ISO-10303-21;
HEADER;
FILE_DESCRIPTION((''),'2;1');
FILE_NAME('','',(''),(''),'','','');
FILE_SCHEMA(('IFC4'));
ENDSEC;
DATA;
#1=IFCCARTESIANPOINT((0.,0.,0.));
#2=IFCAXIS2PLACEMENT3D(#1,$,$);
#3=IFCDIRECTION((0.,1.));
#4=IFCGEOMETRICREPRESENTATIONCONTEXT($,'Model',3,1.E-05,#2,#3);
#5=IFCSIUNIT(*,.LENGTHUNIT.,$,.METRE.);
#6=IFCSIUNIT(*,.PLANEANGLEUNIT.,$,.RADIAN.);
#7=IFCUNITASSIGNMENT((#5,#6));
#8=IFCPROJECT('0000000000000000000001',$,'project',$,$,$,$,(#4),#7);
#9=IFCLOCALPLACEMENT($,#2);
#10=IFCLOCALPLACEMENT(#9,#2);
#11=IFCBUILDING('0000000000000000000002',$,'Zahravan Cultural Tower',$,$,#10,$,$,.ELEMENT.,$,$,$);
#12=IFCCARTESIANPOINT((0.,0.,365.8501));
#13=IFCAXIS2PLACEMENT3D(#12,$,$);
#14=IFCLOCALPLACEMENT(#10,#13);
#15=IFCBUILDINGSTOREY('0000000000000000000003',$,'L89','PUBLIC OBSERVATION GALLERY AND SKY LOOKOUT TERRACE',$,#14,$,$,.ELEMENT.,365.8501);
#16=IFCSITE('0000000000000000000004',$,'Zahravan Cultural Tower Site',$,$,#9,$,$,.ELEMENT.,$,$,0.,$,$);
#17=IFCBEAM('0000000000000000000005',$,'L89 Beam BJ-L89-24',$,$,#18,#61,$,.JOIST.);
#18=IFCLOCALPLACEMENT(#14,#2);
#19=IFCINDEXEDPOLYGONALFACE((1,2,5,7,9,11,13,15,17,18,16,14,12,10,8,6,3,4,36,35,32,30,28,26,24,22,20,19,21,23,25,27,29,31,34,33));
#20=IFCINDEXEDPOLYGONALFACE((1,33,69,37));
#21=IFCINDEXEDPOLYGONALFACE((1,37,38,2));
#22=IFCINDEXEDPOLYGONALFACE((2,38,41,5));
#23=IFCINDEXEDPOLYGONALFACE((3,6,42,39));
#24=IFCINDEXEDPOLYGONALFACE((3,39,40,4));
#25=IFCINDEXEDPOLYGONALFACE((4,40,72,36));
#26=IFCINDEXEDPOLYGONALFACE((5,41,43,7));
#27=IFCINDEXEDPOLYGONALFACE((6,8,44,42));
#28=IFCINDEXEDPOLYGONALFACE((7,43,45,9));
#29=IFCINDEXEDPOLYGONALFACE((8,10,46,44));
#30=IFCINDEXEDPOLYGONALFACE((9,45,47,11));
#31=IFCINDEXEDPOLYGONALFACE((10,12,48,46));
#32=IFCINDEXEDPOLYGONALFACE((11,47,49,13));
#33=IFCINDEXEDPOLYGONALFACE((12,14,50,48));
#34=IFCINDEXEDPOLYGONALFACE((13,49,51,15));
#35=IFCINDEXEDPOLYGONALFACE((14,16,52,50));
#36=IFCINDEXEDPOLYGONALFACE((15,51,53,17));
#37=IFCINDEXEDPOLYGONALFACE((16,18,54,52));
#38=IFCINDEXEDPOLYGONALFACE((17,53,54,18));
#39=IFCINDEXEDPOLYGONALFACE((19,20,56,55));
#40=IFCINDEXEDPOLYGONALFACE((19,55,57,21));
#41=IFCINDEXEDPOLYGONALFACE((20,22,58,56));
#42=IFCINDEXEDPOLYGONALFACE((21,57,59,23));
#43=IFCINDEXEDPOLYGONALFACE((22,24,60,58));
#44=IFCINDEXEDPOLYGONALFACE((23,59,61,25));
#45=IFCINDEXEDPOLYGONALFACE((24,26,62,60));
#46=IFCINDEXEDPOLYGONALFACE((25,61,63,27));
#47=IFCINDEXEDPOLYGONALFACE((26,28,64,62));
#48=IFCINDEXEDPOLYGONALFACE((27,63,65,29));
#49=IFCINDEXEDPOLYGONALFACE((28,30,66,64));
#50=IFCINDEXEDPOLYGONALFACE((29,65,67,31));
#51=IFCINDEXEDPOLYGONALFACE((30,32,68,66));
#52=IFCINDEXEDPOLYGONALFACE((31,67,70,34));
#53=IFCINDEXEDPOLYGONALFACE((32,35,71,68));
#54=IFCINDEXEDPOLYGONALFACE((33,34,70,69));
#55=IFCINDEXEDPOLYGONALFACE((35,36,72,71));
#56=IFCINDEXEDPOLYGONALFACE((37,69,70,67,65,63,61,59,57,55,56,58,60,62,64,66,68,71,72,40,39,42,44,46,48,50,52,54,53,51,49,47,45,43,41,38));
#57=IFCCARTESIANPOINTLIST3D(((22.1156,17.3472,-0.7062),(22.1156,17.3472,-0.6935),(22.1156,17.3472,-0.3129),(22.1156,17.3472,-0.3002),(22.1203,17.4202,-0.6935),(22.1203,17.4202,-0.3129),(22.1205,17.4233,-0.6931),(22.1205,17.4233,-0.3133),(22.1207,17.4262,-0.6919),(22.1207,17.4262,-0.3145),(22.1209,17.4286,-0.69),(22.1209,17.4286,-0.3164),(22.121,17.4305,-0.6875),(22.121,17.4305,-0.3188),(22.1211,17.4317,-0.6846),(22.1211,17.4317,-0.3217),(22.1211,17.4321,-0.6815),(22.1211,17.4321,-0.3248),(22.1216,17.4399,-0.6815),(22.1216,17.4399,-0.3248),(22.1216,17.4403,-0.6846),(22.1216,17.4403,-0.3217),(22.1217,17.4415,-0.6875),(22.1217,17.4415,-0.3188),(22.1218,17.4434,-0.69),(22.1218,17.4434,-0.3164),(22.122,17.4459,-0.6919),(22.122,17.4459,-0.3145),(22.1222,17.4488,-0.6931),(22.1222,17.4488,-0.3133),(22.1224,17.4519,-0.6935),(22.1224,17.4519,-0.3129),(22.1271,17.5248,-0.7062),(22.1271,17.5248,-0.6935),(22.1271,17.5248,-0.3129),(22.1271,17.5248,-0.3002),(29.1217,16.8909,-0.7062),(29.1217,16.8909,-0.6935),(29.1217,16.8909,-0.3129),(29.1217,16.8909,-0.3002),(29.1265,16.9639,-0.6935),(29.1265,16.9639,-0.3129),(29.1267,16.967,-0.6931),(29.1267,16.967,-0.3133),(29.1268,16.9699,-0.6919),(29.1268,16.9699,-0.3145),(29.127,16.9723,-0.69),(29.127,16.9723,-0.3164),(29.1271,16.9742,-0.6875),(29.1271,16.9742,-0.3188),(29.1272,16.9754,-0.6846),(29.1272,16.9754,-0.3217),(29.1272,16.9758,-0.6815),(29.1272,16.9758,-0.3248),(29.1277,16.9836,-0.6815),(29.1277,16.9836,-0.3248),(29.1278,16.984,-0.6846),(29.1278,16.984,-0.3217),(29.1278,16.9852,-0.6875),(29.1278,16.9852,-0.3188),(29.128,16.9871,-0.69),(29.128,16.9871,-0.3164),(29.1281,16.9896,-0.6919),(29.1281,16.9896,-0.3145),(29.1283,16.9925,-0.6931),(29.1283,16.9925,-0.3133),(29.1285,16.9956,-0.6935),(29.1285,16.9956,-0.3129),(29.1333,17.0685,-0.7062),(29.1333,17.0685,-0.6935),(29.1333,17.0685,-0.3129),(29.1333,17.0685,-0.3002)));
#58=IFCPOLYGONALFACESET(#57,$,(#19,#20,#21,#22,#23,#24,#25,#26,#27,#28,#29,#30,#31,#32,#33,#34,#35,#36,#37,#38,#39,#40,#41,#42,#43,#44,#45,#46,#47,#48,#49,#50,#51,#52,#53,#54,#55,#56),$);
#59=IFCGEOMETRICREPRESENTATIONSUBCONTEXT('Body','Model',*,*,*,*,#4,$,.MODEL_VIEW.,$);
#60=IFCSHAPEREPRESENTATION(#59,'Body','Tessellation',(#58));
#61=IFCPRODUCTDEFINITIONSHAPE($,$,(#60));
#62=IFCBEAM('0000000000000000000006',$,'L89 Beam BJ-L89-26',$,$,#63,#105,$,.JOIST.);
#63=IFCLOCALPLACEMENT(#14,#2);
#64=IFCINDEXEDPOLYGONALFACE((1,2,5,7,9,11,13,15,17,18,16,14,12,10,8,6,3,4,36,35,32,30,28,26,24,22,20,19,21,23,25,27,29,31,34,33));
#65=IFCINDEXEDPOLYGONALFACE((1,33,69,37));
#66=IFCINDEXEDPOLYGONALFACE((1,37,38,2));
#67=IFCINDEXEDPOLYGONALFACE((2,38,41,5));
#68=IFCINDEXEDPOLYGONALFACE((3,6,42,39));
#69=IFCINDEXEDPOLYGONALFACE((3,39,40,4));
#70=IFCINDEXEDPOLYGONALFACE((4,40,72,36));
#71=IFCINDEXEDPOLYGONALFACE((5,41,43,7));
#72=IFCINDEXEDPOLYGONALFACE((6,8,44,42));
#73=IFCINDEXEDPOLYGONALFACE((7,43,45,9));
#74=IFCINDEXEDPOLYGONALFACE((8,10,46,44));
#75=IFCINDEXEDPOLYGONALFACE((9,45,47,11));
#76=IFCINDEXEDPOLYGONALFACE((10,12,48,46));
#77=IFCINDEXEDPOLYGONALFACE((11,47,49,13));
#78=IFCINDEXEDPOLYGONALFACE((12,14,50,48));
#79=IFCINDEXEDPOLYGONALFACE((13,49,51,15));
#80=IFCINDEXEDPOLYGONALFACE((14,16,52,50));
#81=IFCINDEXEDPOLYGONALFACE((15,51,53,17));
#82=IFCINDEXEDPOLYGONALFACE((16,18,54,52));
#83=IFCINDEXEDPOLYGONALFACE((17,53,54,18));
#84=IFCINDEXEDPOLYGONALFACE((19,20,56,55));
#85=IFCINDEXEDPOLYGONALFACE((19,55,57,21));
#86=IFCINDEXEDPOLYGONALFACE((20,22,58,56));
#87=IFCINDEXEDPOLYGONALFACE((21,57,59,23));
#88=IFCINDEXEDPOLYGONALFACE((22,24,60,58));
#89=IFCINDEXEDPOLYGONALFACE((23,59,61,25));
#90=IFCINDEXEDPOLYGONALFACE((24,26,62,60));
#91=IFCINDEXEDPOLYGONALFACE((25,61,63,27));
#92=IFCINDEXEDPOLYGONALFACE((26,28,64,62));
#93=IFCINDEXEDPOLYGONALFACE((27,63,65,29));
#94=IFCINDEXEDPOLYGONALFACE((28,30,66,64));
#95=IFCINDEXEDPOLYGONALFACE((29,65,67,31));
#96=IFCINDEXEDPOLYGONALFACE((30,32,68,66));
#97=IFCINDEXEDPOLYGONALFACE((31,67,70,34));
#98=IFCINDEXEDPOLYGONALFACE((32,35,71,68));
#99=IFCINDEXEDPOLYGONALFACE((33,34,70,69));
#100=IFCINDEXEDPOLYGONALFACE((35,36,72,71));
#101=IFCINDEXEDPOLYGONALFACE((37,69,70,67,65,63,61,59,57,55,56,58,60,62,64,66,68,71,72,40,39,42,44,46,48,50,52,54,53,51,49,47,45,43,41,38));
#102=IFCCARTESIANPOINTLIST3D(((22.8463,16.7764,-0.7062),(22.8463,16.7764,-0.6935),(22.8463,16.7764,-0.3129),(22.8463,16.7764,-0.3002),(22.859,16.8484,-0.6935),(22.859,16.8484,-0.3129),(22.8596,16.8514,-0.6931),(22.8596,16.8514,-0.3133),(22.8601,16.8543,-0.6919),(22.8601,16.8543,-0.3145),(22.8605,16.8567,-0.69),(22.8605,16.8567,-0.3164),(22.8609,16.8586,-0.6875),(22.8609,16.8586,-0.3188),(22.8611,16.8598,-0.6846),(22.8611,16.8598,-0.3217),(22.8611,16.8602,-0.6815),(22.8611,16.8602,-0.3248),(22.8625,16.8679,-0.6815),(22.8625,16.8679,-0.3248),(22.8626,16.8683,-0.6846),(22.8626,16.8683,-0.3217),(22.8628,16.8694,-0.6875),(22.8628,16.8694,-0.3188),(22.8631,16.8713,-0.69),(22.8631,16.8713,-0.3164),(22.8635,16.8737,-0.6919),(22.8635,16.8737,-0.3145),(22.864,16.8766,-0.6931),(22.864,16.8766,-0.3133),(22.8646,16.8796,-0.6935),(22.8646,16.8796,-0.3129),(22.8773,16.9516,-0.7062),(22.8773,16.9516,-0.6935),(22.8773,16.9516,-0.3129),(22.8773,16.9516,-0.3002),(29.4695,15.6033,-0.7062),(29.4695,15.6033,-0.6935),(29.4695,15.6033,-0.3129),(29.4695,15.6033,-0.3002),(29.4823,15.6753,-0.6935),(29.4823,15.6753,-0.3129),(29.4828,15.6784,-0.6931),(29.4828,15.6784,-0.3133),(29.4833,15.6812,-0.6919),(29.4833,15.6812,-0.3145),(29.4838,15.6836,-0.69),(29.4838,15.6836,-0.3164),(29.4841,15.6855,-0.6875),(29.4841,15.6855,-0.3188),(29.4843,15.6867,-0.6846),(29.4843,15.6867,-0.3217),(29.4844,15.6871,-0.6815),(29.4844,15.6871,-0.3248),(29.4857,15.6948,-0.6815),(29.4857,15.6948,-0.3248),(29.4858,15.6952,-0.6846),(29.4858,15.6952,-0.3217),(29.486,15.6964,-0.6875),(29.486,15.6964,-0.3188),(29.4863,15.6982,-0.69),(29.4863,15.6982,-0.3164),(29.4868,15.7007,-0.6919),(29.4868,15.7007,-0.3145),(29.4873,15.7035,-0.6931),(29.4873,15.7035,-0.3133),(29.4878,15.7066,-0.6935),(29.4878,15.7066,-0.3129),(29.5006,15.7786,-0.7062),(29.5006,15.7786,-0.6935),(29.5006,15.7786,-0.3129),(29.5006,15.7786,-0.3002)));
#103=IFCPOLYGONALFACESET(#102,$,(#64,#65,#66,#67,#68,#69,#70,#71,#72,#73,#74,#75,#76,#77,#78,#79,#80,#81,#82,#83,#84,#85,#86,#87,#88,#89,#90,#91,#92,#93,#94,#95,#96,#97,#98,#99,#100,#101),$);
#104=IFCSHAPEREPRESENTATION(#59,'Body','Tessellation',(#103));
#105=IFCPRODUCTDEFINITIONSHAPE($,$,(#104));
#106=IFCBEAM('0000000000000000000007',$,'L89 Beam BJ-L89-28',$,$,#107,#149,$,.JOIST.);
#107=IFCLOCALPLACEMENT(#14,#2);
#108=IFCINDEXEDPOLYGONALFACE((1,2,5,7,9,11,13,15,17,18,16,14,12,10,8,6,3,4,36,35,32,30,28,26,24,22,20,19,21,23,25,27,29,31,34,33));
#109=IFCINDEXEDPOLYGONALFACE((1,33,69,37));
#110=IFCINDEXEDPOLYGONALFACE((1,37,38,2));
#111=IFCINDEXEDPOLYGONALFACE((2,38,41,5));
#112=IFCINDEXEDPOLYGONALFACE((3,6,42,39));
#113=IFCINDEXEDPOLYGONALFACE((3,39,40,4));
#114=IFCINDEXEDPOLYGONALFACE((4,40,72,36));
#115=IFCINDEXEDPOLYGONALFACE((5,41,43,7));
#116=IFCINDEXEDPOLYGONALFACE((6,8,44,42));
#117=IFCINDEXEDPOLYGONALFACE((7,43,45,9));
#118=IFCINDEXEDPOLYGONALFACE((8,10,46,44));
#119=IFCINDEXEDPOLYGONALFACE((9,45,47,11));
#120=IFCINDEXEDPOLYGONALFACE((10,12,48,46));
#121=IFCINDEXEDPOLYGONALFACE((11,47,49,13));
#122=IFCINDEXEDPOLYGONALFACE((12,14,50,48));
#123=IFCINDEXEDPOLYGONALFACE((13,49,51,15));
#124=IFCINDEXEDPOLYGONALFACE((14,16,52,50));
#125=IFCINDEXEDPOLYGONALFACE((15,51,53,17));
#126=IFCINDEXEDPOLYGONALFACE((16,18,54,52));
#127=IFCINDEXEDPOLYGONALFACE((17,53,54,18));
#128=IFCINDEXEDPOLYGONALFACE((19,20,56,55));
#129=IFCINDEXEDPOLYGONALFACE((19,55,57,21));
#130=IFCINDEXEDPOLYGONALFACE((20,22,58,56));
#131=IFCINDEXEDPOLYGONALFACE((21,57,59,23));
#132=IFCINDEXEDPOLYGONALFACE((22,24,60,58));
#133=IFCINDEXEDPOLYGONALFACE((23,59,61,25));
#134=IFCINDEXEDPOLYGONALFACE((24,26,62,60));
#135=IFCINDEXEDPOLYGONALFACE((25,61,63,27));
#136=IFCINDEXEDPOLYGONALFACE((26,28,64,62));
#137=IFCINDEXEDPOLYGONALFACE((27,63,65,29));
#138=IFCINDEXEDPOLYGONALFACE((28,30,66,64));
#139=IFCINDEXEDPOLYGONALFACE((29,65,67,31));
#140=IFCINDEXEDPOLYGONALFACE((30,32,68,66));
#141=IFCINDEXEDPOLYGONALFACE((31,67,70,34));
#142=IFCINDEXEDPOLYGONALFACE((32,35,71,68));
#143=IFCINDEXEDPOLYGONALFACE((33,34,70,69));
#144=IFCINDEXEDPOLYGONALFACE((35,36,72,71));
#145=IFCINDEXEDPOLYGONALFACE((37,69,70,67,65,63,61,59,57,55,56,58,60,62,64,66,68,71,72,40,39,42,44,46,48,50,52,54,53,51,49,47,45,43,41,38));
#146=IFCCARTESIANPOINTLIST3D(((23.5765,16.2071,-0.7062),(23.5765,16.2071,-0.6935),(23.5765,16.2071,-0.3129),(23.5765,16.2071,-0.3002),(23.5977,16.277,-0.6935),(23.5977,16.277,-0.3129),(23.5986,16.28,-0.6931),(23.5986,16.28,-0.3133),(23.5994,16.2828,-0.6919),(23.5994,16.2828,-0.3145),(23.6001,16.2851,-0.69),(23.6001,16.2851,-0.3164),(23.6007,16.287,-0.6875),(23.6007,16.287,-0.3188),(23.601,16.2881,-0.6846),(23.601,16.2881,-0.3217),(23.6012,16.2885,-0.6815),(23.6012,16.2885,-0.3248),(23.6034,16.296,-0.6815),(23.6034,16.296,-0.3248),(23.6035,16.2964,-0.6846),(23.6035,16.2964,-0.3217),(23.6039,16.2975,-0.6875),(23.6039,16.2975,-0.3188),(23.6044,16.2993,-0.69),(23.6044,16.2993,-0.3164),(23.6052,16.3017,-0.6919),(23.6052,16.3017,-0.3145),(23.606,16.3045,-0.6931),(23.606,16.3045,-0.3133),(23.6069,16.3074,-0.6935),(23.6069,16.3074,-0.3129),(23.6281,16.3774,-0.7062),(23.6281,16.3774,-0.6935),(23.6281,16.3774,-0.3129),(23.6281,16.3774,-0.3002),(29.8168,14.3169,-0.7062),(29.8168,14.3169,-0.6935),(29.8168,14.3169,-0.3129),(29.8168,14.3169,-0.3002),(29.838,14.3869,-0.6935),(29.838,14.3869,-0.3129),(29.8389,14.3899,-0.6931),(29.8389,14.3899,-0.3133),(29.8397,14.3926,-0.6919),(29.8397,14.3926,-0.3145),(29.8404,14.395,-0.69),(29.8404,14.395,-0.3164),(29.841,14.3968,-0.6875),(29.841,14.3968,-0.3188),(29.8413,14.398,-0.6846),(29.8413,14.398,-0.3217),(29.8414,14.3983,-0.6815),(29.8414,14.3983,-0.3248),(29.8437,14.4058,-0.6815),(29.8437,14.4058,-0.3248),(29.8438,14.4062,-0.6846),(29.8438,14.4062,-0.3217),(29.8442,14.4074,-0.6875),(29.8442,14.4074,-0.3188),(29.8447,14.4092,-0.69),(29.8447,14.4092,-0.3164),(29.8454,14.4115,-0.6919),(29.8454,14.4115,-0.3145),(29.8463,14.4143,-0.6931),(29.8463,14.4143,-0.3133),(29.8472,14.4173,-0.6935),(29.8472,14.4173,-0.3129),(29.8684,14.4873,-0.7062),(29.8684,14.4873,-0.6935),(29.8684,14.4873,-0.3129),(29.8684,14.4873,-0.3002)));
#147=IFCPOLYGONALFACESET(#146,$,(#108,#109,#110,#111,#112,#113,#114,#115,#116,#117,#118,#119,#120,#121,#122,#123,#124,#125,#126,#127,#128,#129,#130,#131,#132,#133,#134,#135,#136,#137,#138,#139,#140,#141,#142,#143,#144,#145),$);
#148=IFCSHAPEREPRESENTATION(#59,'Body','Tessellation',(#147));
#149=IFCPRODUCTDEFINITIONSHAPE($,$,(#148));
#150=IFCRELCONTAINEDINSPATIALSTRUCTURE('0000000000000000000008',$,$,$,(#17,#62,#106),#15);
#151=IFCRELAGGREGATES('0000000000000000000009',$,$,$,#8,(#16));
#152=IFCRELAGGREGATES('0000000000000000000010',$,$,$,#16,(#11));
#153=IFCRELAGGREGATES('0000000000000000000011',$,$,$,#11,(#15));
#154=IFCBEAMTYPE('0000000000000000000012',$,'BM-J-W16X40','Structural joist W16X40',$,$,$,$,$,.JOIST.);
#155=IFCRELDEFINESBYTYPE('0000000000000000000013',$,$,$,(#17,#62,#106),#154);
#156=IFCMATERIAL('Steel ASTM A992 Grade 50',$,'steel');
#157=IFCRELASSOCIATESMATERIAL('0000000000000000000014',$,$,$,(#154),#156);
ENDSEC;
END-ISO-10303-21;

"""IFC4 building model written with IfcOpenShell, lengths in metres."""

from ifc_helpers import new_model, si_unit, direction, frame, origin, origin_2d, place, context, subcontext, project, spatial, i_section, extrude, source, transform, mapped, material, material_profile, profile_set, type_object, element, save


model = new_model("IFC4")

# Units and contexts
model_context = context("Model", 3, precision=1e-05, world=origin(), true_north=direction((0.0, 1.0)))
body_context = subcontext(model_context, "Body", "Model", "MODEL_VIEW")
ifc_project = project(units=[si_unit("LENGTHUNIT", "METRE"), si_unit("PLANEANGLEUNIT", "RADIAN")], contexts=[model_context])

# Site, building, storey
site_placement = place(None, origin())
site = spatial("IfcSite", under=ifc_project, at=site_placement, Name="Zahravan Cultural Tower Site", CompositionType="ELEMENT", RefElevation=0.0)
building_placement = place(site_placement, origin())
building = spatial("IfcBuilding", under=site, at=building_placement, Name="Zahravan Cultural Tower", CompositionType="ELEMENT")
storey_placement = place(building_placement, frame((0.0, 0.0, 365.8501)))
storey = spatial("IfcBuildingStorey", under=building, at=storey_placement, Name="L89", Description="PUBLIC OBSERVATION GALLERY AND SKY LOOKOUT TERRACE", CompositionType="ELEMENT", Elevation=365.8501)

# Shared definitions
ifc_material_1 = material(Name="Steel ASTM A992 Grade 50", Category="steel")

# Beams
ifc_material_profile_1 = material_profile(ifc_material_1, i_section(OverallWidth=0.178, OverallDepth=0.406, WebThickness=0.0078, FlangeThickness=0.0127, FilletRadius=0.012, at=origin_2d()), Name="W16X40")
ifc_profile_set_1 = profile_set([ifc_material_profile_1], Name="Steel ASTM A992 Grade 50")
beam_type_1 = type_object("IfcBeamType", Name="BM-J-W16X40", Description="Structural joist W16X40", PredefinedType="JOIST", material=ifc_profile_set_1)
shared_shape_1 = source(origin(), body_context, "Body", "SweptSolid", [
    extrude(i_section(OverallWidth=0.178, OverallDepth=0.406, WebThickness=0.0078, FlangeThickness=0.0127, FilletRadius=0.012, at=origin_2d()), origin(), (0.0, 0.0, 1.0), 7.021),
])
beam_1_placement = place(storey_placement, frame((22.1213, 17.436, -0.5032), z_axis=(0.997886, -0.064991, 0.0), x_axis=(0.064991, 0.997886, 0.0)))
element("IfcBeam", 1, at=beam_1_placement, inside=storey, type_object=beam_type_1, Name="L89 Beam BJ-L89-24", PredefinedType="JOIST", context=body_context, shape_type="MappedRepresentation", body=[
    mapped(shared_shape_1, transform((0.0, 0.0, 0.0), x_axis=(1.0, 0.0, 0.0), y_axis=(0.0, 1.0, 0.0), z_axis=(0.0, 0.0, 1.0), scale=1.0)),
])
shared_shape_2 = source(origin(), body_context, "Body", "SweptSolid", [
    extrude(i_section(OverallWidth=0.178, OverallDepth=0.406, WebThickness=0.0078, FlangeThickness=0.0127, FilletRadius=0.012, at=origin_2d()), origin(), (0.0, 0.0, 1.0), 6.7263),
])
beam_2_placement = place(storey_placement, frame((22.8618, 16.864, -0.5032), z_axis=(0.984674, -0.174402, 0.0), x_axis=(0.174402, 0.984674, 0.0)))
element("IfcBeam", 2, at=beam_2_placement, inside=storey, type_object=beam_type_1, Name="L89 Beam BJ-L89-26", PredefinedType="JOIST", context=body_context, shape_type="MappedRepresentation", body=[
    mapped(shared_shape_2, transform((0.0, 0.0, 0.0), x_axis=(1.0, 0.0, 0.0), y_axis=(0.0, 1.0, 0.0), z_axis=(0.0, 0.0, 1.0), scale=1.0)),
])
shared_shape_3 = source(origin(), body_context, "Body", "SweptSolid", [
    extrude(i_section(OverallWidth=0.178, OverallDepth=0.406, WebThickness=0.0078, FlangeThickness=0.0127, FilletRadius=0.012, at=origin_2d()), origin(), (0.0, 0.0, 1.0), 6.5203),
])
beam_3_placement = place(storey_placement, frame((23.6023, 16.2922, -0.5032), z_axis=(0.95706, -0.289889, 0.0), x_axis=(0.289889, 0.95706, 0.0)))
element("IfcBeam", 3, at=beam_3_placement, inside=storey, type_object=beam_type_1, Name="L89 Beam BJ-L89-28", PredefinedType="JOIST", context=body_context, shape_type="MappedRepresentation", body=[
    mapped(shared_shape_3, transform((0.0, 0.0, 0.0), x_axis=(1.0, 0.0, 0.0), y_axis=(0.0, 1.0, 0.0), z_axis=(0.0, 0.0, 1.0), scale=1.0)),
])

save(model, "model.ifc")
